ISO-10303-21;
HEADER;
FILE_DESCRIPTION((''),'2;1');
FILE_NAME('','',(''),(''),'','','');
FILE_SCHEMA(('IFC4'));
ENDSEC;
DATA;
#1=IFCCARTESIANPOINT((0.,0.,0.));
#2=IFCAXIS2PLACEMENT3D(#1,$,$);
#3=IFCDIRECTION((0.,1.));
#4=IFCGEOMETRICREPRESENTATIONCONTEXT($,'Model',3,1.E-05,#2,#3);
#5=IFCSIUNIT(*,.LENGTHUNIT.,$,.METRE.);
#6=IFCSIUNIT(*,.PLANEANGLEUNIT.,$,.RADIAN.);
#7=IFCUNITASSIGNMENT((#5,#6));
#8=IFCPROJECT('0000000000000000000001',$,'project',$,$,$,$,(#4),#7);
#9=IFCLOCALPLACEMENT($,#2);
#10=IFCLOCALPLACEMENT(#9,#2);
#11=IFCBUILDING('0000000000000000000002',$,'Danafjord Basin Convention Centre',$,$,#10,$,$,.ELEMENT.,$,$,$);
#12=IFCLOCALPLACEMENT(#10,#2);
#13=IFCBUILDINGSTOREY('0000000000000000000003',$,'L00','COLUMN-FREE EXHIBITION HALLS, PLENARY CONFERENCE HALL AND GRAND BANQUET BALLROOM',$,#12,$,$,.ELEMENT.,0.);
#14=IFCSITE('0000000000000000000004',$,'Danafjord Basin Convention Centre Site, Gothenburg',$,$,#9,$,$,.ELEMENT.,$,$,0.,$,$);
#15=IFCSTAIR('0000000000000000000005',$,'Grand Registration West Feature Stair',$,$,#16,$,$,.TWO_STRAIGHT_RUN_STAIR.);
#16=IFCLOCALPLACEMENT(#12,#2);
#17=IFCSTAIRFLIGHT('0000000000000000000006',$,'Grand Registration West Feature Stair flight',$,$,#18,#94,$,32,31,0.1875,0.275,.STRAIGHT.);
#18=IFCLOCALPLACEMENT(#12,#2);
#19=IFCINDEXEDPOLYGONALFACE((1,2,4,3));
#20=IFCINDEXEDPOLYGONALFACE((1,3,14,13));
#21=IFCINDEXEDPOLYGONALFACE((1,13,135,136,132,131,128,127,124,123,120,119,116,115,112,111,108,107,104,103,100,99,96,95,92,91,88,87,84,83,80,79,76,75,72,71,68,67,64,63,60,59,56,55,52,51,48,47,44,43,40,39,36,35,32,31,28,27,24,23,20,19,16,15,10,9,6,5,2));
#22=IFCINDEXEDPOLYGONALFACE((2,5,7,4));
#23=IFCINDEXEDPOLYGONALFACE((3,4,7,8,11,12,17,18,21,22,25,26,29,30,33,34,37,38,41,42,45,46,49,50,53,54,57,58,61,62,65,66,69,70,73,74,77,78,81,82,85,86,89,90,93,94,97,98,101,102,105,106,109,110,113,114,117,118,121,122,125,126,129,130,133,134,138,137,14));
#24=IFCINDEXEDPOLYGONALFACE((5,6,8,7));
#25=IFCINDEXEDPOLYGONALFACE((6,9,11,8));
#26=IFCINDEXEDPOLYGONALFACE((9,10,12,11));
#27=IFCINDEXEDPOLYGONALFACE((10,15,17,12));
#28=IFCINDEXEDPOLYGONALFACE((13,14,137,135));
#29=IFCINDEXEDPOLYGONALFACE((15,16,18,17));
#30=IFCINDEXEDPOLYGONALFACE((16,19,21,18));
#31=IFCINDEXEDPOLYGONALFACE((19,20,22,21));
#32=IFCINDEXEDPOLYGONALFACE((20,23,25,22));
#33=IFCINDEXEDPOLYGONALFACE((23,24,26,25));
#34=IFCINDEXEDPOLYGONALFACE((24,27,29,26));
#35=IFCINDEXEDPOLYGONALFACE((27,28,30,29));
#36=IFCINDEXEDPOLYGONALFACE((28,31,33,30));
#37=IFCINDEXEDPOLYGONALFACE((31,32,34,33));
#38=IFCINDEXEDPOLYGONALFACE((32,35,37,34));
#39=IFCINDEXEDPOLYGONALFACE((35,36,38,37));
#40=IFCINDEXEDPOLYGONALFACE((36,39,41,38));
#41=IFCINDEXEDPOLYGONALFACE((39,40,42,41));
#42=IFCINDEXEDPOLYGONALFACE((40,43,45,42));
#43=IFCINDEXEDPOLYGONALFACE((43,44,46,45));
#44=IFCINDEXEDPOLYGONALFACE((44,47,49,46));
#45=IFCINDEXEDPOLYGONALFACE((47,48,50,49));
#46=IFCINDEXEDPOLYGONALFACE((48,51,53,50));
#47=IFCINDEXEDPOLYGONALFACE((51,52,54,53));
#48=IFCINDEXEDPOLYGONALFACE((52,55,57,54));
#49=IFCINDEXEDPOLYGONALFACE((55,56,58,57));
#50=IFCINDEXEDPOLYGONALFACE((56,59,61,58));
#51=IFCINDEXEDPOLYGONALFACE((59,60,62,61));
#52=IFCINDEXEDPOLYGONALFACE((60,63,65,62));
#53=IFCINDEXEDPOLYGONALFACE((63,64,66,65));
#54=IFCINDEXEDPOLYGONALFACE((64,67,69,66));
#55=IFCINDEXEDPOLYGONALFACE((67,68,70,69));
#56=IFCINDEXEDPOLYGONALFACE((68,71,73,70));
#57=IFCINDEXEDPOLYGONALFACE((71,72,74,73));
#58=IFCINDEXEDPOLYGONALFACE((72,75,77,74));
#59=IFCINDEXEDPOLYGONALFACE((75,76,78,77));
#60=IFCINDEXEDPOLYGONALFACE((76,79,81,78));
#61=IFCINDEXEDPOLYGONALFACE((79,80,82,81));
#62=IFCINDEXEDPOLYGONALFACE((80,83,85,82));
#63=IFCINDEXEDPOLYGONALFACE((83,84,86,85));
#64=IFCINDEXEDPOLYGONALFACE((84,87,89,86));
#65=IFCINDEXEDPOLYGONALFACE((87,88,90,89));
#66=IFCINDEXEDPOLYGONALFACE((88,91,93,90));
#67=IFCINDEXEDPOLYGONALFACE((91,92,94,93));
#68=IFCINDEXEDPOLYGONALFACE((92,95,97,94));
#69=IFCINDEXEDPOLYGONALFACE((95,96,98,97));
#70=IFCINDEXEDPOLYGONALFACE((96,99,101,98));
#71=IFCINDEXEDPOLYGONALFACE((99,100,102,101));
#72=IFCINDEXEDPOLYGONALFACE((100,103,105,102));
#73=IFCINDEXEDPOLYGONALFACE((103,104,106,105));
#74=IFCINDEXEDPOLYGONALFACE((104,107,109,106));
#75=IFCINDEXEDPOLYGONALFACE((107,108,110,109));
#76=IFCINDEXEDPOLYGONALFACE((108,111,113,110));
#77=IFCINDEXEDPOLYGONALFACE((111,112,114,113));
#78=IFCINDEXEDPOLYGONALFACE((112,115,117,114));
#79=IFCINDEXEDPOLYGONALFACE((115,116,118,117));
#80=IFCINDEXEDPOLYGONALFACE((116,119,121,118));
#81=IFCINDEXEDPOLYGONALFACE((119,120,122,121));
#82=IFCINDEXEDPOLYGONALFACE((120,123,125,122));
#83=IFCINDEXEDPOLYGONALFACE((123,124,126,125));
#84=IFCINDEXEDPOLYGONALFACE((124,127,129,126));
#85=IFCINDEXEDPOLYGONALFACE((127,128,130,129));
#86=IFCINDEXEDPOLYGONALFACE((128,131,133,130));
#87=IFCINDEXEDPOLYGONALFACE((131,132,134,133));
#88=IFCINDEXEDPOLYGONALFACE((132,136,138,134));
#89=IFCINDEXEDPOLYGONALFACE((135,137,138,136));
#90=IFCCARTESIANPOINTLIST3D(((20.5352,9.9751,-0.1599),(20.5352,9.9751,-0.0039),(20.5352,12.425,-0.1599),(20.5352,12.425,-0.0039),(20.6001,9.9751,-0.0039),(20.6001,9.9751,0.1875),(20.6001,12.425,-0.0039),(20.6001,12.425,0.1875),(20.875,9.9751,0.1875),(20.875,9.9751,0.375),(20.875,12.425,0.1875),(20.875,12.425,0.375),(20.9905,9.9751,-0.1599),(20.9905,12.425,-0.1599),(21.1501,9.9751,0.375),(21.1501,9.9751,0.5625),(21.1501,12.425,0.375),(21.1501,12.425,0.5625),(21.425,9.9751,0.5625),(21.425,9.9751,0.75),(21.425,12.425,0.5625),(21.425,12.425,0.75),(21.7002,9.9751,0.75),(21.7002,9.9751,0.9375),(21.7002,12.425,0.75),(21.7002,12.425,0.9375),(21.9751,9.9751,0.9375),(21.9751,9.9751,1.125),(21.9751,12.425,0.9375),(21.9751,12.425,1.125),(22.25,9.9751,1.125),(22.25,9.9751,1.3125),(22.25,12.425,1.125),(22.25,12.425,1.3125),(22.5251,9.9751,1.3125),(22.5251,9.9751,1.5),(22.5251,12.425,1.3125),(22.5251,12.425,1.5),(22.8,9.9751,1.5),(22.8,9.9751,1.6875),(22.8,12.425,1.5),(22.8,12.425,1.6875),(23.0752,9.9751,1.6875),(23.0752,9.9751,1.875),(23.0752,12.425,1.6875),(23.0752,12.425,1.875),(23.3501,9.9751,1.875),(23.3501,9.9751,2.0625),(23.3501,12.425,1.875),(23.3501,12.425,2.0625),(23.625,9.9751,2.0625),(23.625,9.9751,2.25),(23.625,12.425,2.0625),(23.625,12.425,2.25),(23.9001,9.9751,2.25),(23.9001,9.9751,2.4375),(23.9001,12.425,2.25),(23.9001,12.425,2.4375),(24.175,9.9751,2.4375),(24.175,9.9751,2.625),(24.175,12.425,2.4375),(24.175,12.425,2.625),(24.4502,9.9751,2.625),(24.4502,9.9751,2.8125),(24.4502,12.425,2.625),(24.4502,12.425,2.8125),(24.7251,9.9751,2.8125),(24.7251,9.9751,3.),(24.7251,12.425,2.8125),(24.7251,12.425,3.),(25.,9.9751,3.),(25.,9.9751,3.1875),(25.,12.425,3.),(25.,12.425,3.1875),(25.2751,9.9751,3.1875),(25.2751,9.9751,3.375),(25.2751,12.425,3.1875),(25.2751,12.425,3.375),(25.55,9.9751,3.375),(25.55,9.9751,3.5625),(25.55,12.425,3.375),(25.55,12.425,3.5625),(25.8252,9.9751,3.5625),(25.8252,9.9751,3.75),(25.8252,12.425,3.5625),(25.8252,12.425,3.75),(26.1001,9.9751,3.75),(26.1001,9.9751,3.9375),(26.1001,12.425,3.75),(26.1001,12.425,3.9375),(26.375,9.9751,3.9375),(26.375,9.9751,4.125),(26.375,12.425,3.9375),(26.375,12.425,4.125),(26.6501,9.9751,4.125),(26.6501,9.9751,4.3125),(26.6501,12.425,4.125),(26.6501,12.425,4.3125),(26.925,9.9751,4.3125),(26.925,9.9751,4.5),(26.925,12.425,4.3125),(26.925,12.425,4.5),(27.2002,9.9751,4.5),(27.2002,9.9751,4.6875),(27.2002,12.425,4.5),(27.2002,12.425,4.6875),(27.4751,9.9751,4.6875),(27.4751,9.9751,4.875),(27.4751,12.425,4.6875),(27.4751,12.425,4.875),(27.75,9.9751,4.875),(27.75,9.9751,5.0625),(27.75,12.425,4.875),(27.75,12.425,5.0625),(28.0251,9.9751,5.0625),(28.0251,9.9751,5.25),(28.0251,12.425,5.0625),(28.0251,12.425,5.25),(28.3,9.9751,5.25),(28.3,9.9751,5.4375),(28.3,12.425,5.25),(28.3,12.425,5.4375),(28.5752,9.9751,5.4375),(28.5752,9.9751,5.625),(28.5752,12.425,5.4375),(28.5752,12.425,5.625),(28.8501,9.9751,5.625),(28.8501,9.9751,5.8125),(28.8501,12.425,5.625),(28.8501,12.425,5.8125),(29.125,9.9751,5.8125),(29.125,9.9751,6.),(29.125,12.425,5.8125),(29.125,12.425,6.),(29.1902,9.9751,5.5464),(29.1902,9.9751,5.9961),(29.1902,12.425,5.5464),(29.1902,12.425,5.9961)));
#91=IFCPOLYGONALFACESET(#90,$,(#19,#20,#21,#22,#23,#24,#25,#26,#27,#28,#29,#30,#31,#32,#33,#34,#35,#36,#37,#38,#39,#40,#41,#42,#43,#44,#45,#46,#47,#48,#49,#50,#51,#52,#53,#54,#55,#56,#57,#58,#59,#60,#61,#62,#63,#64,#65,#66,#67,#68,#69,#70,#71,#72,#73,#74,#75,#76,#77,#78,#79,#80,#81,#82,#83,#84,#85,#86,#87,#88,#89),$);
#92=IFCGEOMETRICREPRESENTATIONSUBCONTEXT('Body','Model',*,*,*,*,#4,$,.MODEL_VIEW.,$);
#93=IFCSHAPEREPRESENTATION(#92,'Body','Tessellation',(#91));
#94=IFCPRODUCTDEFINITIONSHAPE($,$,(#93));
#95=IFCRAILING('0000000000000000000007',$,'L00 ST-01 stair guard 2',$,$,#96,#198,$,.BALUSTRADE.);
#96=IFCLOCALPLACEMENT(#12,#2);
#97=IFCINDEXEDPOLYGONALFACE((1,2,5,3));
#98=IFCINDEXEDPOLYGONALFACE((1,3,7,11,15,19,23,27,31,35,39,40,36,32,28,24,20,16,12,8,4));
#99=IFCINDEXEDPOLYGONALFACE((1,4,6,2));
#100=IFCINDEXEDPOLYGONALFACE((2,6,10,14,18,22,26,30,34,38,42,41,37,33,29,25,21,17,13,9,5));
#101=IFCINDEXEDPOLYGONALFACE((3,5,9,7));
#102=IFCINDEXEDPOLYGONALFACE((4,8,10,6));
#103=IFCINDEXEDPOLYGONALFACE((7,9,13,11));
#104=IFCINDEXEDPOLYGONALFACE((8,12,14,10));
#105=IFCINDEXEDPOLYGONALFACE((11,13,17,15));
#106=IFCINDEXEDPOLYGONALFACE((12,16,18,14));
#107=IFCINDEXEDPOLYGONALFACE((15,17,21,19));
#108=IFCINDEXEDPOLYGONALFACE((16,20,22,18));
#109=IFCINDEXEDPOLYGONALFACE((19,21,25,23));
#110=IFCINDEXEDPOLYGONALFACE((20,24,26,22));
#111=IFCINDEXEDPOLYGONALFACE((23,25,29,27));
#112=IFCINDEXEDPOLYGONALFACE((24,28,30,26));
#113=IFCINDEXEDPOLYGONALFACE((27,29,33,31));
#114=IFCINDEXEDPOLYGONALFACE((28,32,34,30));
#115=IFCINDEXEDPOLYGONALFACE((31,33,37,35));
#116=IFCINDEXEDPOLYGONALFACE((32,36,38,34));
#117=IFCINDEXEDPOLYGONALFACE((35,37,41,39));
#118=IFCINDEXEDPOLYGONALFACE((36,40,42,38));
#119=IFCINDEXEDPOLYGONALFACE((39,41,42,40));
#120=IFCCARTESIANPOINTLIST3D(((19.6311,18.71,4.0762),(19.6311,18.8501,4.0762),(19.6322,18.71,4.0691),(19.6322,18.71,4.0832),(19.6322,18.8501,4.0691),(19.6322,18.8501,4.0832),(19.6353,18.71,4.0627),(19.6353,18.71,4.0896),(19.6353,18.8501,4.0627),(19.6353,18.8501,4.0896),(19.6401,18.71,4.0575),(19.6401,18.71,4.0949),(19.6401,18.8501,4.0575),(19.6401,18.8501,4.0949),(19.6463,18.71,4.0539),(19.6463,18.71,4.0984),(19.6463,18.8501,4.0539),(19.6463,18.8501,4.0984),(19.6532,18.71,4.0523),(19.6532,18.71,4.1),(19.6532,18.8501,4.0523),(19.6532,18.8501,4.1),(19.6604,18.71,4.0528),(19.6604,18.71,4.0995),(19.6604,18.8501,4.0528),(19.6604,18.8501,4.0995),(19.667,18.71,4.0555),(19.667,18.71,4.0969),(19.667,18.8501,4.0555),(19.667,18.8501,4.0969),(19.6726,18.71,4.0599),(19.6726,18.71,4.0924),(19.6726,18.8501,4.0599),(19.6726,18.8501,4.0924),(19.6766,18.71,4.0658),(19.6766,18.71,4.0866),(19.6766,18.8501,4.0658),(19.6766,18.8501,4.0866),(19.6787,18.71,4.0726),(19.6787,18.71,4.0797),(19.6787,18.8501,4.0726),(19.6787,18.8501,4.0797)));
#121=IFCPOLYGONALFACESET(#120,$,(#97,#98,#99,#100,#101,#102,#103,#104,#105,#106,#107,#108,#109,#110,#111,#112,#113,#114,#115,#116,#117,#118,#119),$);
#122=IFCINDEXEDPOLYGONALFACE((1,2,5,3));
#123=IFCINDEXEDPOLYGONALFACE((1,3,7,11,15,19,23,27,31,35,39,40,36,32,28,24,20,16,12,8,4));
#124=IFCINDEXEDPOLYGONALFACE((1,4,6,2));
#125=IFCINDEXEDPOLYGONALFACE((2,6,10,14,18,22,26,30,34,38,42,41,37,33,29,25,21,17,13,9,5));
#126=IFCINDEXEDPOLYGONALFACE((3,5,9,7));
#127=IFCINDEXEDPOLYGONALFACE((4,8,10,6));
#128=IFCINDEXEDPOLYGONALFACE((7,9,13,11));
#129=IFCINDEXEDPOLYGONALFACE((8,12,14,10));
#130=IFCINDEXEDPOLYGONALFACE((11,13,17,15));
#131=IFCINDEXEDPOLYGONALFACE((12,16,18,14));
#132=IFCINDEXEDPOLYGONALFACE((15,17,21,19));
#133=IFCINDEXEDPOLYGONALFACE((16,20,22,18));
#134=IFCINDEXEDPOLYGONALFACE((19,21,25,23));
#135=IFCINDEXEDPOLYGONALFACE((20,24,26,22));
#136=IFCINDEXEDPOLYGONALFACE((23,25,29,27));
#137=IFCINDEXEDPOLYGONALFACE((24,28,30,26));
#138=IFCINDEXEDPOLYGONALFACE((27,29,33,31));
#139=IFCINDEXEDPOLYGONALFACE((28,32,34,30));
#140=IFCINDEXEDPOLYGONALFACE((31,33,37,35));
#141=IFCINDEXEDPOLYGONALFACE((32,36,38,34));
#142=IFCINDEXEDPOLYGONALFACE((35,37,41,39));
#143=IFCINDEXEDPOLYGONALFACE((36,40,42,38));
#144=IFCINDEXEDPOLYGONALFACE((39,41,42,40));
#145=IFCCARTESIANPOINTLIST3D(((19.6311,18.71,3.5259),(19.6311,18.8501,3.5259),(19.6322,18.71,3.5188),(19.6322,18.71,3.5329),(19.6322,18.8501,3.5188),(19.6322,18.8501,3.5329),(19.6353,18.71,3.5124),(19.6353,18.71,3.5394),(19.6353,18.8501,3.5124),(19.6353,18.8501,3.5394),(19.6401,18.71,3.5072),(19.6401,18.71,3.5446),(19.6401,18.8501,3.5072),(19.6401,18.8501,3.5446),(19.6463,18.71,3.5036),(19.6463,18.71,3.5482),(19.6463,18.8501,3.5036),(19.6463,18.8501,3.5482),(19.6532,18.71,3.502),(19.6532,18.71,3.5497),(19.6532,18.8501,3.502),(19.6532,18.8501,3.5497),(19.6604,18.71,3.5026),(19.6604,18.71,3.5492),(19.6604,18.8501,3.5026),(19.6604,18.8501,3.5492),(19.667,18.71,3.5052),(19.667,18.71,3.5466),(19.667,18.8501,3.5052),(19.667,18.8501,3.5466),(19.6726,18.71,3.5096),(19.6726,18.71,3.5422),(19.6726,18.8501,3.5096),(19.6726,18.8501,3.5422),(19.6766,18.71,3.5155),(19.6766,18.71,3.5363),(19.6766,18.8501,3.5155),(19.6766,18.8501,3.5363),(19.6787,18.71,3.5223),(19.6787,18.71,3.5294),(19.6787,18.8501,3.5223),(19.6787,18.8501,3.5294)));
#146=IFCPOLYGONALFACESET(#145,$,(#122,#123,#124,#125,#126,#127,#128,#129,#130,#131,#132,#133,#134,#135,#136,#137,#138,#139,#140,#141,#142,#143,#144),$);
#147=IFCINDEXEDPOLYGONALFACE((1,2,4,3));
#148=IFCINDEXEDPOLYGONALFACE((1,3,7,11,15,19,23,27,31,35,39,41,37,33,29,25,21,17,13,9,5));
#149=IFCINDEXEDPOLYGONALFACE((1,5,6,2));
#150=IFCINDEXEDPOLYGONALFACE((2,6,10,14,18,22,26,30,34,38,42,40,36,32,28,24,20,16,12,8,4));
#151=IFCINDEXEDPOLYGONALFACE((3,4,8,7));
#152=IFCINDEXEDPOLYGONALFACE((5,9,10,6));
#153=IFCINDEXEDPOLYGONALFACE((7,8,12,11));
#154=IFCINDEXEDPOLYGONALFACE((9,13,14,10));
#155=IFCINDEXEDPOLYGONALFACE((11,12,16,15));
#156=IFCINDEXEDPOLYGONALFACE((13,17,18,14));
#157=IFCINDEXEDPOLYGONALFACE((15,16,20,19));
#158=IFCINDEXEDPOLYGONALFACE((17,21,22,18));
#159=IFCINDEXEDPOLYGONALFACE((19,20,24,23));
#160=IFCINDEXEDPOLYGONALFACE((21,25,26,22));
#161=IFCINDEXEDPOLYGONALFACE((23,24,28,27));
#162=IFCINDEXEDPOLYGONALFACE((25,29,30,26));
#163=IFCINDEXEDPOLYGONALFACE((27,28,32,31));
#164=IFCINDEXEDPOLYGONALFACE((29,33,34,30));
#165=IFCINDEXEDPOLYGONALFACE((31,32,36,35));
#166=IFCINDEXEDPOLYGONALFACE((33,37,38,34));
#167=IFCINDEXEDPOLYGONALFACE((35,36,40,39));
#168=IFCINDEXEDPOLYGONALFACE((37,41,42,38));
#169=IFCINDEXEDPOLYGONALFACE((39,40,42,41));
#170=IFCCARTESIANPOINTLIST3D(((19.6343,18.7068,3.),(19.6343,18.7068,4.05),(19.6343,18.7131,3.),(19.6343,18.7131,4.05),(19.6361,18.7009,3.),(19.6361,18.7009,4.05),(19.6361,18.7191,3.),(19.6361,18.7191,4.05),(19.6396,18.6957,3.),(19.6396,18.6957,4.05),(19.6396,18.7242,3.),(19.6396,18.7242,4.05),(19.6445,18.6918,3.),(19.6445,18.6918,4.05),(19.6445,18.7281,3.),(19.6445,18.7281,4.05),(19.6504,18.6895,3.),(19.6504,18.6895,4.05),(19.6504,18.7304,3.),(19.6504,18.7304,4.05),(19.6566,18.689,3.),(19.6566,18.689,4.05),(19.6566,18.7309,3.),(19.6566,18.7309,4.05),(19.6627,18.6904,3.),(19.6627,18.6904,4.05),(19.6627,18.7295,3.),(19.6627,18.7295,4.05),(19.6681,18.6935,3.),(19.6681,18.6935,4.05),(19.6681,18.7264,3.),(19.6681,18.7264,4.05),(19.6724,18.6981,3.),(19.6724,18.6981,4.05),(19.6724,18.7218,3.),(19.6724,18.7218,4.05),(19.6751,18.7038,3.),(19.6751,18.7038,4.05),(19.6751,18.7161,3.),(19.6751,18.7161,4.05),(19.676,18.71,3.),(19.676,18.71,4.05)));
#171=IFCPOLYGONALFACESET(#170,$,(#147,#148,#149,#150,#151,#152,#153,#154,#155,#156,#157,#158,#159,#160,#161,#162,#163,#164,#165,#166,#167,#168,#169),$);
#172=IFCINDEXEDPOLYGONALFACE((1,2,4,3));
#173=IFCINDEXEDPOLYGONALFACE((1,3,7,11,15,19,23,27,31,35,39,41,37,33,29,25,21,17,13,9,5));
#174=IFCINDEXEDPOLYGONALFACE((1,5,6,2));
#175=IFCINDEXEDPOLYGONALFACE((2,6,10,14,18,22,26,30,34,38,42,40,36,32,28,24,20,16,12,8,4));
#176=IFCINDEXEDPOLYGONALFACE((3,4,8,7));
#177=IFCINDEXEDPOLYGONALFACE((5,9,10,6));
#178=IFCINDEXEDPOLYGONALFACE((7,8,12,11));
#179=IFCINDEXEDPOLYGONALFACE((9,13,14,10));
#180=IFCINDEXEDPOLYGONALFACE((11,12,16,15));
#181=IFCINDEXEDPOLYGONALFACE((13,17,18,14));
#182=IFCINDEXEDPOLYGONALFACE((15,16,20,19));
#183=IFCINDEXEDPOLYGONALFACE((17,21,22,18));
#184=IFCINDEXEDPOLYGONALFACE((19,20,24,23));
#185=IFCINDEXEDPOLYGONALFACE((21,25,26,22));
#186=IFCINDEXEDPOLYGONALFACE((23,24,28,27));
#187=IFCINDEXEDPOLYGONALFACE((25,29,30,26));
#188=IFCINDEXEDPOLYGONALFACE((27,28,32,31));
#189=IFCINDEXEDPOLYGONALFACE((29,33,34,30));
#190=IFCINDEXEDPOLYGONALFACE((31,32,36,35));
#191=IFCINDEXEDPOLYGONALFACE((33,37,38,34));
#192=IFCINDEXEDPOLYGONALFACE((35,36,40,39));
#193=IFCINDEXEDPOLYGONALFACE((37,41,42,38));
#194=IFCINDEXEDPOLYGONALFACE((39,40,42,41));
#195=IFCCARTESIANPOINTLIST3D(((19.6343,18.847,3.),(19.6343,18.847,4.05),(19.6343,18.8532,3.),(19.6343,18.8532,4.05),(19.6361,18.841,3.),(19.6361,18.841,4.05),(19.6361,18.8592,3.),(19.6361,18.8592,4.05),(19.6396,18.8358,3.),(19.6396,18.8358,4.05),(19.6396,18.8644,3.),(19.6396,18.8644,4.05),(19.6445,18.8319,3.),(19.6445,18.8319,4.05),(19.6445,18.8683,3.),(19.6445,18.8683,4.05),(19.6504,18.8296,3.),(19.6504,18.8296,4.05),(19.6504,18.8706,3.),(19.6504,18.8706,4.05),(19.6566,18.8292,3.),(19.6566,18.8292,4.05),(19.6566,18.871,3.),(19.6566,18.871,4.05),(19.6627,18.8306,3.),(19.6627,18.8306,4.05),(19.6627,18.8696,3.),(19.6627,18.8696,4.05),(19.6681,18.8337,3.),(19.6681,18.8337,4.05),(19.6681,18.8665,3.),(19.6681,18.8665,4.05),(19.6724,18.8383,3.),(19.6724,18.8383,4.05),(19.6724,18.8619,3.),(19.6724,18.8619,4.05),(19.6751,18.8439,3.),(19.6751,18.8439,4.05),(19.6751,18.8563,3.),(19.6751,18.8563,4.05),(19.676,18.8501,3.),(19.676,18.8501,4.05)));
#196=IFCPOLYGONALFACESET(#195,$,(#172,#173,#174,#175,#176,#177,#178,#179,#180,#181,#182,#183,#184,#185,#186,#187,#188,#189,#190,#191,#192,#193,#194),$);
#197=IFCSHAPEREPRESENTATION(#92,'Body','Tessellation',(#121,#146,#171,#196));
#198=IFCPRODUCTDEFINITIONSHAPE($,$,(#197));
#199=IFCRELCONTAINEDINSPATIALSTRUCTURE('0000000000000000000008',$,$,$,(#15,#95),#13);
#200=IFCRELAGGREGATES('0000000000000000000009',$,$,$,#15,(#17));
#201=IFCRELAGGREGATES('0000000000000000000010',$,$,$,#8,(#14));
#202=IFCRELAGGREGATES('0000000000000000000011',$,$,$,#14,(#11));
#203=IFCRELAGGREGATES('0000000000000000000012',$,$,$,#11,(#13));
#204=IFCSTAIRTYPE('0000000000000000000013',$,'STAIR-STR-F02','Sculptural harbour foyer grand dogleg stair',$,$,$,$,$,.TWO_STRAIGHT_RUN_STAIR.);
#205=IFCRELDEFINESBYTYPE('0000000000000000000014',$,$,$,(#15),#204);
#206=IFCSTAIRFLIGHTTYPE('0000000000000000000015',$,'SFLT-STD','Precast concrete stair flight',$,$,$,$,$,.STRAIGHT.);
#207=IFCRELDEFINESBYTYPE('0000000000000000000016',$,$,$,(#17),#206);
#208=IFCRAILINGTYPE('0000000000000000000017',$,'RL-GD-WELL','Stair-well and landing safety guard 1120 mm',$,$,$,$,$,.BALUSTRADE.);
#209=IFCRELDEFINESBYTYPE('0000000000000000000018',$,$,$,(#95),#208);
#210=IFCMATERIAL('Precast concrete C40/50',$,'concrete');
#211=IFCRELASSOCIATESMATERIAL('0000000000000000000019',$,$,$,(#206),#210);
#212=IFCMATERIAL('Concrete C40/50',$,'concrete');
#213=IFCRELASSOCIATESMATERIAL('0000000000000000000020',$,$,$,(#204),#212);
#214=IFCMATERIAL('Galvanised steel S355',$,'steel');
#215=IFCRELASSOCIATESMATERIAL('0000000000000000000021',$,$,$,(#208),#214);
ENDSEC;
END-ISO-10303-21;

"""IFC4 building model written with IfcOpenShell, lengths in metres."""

from ifc_helpers import new_model, si_unit, direction, frame, origin, origin_2d, place, context, subcontext, project, spatial, polyline, circle, outline, extrude, material, type_object, element, aggregate, save


model = new_model("IFC4")

# Units and contexts
model_context = context("Model", 3, precision=1e-05, world=origin(), true_north=direction((0.0, 1.0)))
body_context = subcontext(model_context, "Body", "Model", "MODEL_VIEW")
ifc_project = project(units=[si_unit("LENGTHUNIT", "METRE"), si_unit("PLANEANGLEUNIT", "RADIAN")], contexts=[model_context])

# Site, building, storey
site_placement = place(None, origin())
site = spatial("IfcSite", under=ifc_project, at=site_placement, Name="Danafjord Basin Convention Centre Site, Gothenburg", CompositionType="ELEMENT", RefElevation=0.0)
building_placement = place(site_placement, origin())
building = spatial("IfcBuilding", under=site, at=building_placement, Name="Danafjord Basin Convention Centre", CompositionType="ELEMENT")
storey_placement = place(building_placement, origin())
storey = spatial("IfcBuildingStorey", under=building, at=storey_placement, Name="L00", Description="COLUMN-FREE EXHIBITION HALLS, PLENARY CONFERENCE HALL AND GRAND BANQUET BALLROOM", CompositionType="ELEMENT", Elevation=0.0)

# Stair, stair flight
ifc_material_1 = material(Name="Concrete C40/50", Category="concrete")
ifc_material_2 = material(Name="Precast concrete C40/50", Category="concrete")
stair_flight_type = type_object("IfcStairFlightType", Name="SFLT-STD", Description="Precast concrete stair flight", PredefinedType="STRAIGHT", material=ifc_material_2)
stair_type_1 = type_object("IfcStairType", Name="STAIR-STR-F02", Description="Sculptural harbour foyer grand dogleg stair", PredefinedType="TWO_STRAIGHT_RUN_STAIR", material=ifc_material_1)
stair_1_placement = place(storey_placement, origin())
stair_1 = element("IfcStair", 1, at=stair_1_placement, inside=storey, type_object=stair_type_1, Name="Grand Registration West Feature Stair", PredefinedType="TWO_STRAIGHT_RUN_STAIR")
stair_flight_1_placement = place(storey_placement, frame((20.6001, 11.2, 0.0), z_axis=(0.0, 0.0, 1.0), x_axis=(1.0, 0.0, 0.0)))
stair_flight_1 = element("IfcStairFlight", 2, at=stair_flight_1_placement, type_object=stair_flight_type, Name="Grand Registration West Feature Stair flight", NumberOfRisers=32, NumberOfTreads=31, PredefinedType="STRAIGHT", RiserHeight=0.1875, TreadLength=0.275, context=body_context, shape_type="SweptSolid", body=[
    extrude(outline(polyline([(-0.0649, -0.1599), (-0.0649, -0.0039), (0.0, -0.0039), (0.0, 0.1875), (0.2749, 0.1875), (0.2749, 0.375), (0.55, 0.375), (0.55, 0.5625), (0.825, 0.5625), (0.825, 0.75), (1.1001, 0.75), (1.1001, 0.9375), (1.375, 0.9375), (1.375, 1.125), (1.6499, 1.125), (1.6499, 1.3125), (1.925, 1.3125), (1.925, 1.5), (2.2, 1.5), (2.2, 1.6875), (2.4751, 1.6875), (2.4751, 1.875), (2.75, 1.875), (2.75, 2.0625), (3.0249, 2.0625), (3.0249, 2.25), (3.3, 2.25), (3.3, 2.4375), (3.575, 2.4375), (3.575, 2.625), (3.8501, 2.625), (3.8501, 2.8125), (4.125, 2.8125), (4.125, 3.0), (4.3999, 3.0), (4.3999, 3.1875), (4.675, 3.1875), (4.675, 3.375), (4.95, 3.375), (4.95, 3.5625), (5.2251, 3.5625), (5.2251, 3.75), (5.5, 3.75), (5.5, 3.9375), (5.7749, 3.9375), (5.7749, 4.125), (6.05, 4.125), (6.05, 4.3125), (6.325, 4.3125), (6.325, 4.5), (6.6001, 4.5), (6.6001, 4.6875), (6.875, 4.6875), (6.875, 4.875), (7.1499, 4.875), (7.1499, 5.0625), (7.425, 5.0625), (7.425, 5.25), (7.7, 5.25), (7.7, 5.4375), (7.9751, 5.4375), (7.9751, 5.625), (8.25, 5.625), (8.25, 5.8125), (8.5249, 5.8125), (8.5249, 6.0), (8.5901, 5.9961), (8.5901, 5.5464), (0.3904, -0.1599), (-0.0649, -0.1599)])), frame((0.0, 1.2251, 0.0), z_axis=(0.0, -1.0, 0.0), x_axis=(1.0, 0.0, 0.0)), (0.0, 0.0, 1.0), 2.45),
])
aggregate(stair_1, [stair_flight_1])

# Railing
ifc_material_3 = material(Name="Galvanised steel S355", Category="steel")
railing_type_1 = type_object("IfcRailingType", Name="RL-GD-WELL", Description="Stair-well and landing safety guard 1120 mm", PredefinedType="BALUSTRADE", material=ifc_material_3)
railing_1_placement = place(storey_placement, frame((19.655, 18.71, 3.0)))
element("IfcRailing", 3, at=railing_1_placement, inside=storey, type_object=railing_type_1, Name="L00 ST-01 stair guard 2", PredefinedType="BALUSTRADE", context=body_context, shape_type="SweptSolid", body=[
    extrude(circle(Radius=0.0239, at=origin_2d()), frame((0.0, 0.0, 1.0762), z_axis=(0.0, 1.0, 0.0), x_axis=(-1.0, 0.0, 0.0)), (0.0, 0.0, 1.0), 0.1401),
    extrude(circle(Radius=0.0239, at=origin_2d()), frame((0.0, 0.0, 0.5259), z_axis=(0.0, 1.0, 0.0), x_axis=(-1.0, 0.0, 0.0)), (0.0, 0.0, 1.0), 0.1401),
    extrude(circle(Radius=0.021, at=origin_2d()), origin(), (0.0, 0.0, 1.0), 1.05),
    extrude(circle(Radius=0.021, at=origin_2d()), frame((0.0, 0.1401, 0.0)), (0.0, 0.0, 1.0), 1.05),
])

save(model, "model.ifc")
